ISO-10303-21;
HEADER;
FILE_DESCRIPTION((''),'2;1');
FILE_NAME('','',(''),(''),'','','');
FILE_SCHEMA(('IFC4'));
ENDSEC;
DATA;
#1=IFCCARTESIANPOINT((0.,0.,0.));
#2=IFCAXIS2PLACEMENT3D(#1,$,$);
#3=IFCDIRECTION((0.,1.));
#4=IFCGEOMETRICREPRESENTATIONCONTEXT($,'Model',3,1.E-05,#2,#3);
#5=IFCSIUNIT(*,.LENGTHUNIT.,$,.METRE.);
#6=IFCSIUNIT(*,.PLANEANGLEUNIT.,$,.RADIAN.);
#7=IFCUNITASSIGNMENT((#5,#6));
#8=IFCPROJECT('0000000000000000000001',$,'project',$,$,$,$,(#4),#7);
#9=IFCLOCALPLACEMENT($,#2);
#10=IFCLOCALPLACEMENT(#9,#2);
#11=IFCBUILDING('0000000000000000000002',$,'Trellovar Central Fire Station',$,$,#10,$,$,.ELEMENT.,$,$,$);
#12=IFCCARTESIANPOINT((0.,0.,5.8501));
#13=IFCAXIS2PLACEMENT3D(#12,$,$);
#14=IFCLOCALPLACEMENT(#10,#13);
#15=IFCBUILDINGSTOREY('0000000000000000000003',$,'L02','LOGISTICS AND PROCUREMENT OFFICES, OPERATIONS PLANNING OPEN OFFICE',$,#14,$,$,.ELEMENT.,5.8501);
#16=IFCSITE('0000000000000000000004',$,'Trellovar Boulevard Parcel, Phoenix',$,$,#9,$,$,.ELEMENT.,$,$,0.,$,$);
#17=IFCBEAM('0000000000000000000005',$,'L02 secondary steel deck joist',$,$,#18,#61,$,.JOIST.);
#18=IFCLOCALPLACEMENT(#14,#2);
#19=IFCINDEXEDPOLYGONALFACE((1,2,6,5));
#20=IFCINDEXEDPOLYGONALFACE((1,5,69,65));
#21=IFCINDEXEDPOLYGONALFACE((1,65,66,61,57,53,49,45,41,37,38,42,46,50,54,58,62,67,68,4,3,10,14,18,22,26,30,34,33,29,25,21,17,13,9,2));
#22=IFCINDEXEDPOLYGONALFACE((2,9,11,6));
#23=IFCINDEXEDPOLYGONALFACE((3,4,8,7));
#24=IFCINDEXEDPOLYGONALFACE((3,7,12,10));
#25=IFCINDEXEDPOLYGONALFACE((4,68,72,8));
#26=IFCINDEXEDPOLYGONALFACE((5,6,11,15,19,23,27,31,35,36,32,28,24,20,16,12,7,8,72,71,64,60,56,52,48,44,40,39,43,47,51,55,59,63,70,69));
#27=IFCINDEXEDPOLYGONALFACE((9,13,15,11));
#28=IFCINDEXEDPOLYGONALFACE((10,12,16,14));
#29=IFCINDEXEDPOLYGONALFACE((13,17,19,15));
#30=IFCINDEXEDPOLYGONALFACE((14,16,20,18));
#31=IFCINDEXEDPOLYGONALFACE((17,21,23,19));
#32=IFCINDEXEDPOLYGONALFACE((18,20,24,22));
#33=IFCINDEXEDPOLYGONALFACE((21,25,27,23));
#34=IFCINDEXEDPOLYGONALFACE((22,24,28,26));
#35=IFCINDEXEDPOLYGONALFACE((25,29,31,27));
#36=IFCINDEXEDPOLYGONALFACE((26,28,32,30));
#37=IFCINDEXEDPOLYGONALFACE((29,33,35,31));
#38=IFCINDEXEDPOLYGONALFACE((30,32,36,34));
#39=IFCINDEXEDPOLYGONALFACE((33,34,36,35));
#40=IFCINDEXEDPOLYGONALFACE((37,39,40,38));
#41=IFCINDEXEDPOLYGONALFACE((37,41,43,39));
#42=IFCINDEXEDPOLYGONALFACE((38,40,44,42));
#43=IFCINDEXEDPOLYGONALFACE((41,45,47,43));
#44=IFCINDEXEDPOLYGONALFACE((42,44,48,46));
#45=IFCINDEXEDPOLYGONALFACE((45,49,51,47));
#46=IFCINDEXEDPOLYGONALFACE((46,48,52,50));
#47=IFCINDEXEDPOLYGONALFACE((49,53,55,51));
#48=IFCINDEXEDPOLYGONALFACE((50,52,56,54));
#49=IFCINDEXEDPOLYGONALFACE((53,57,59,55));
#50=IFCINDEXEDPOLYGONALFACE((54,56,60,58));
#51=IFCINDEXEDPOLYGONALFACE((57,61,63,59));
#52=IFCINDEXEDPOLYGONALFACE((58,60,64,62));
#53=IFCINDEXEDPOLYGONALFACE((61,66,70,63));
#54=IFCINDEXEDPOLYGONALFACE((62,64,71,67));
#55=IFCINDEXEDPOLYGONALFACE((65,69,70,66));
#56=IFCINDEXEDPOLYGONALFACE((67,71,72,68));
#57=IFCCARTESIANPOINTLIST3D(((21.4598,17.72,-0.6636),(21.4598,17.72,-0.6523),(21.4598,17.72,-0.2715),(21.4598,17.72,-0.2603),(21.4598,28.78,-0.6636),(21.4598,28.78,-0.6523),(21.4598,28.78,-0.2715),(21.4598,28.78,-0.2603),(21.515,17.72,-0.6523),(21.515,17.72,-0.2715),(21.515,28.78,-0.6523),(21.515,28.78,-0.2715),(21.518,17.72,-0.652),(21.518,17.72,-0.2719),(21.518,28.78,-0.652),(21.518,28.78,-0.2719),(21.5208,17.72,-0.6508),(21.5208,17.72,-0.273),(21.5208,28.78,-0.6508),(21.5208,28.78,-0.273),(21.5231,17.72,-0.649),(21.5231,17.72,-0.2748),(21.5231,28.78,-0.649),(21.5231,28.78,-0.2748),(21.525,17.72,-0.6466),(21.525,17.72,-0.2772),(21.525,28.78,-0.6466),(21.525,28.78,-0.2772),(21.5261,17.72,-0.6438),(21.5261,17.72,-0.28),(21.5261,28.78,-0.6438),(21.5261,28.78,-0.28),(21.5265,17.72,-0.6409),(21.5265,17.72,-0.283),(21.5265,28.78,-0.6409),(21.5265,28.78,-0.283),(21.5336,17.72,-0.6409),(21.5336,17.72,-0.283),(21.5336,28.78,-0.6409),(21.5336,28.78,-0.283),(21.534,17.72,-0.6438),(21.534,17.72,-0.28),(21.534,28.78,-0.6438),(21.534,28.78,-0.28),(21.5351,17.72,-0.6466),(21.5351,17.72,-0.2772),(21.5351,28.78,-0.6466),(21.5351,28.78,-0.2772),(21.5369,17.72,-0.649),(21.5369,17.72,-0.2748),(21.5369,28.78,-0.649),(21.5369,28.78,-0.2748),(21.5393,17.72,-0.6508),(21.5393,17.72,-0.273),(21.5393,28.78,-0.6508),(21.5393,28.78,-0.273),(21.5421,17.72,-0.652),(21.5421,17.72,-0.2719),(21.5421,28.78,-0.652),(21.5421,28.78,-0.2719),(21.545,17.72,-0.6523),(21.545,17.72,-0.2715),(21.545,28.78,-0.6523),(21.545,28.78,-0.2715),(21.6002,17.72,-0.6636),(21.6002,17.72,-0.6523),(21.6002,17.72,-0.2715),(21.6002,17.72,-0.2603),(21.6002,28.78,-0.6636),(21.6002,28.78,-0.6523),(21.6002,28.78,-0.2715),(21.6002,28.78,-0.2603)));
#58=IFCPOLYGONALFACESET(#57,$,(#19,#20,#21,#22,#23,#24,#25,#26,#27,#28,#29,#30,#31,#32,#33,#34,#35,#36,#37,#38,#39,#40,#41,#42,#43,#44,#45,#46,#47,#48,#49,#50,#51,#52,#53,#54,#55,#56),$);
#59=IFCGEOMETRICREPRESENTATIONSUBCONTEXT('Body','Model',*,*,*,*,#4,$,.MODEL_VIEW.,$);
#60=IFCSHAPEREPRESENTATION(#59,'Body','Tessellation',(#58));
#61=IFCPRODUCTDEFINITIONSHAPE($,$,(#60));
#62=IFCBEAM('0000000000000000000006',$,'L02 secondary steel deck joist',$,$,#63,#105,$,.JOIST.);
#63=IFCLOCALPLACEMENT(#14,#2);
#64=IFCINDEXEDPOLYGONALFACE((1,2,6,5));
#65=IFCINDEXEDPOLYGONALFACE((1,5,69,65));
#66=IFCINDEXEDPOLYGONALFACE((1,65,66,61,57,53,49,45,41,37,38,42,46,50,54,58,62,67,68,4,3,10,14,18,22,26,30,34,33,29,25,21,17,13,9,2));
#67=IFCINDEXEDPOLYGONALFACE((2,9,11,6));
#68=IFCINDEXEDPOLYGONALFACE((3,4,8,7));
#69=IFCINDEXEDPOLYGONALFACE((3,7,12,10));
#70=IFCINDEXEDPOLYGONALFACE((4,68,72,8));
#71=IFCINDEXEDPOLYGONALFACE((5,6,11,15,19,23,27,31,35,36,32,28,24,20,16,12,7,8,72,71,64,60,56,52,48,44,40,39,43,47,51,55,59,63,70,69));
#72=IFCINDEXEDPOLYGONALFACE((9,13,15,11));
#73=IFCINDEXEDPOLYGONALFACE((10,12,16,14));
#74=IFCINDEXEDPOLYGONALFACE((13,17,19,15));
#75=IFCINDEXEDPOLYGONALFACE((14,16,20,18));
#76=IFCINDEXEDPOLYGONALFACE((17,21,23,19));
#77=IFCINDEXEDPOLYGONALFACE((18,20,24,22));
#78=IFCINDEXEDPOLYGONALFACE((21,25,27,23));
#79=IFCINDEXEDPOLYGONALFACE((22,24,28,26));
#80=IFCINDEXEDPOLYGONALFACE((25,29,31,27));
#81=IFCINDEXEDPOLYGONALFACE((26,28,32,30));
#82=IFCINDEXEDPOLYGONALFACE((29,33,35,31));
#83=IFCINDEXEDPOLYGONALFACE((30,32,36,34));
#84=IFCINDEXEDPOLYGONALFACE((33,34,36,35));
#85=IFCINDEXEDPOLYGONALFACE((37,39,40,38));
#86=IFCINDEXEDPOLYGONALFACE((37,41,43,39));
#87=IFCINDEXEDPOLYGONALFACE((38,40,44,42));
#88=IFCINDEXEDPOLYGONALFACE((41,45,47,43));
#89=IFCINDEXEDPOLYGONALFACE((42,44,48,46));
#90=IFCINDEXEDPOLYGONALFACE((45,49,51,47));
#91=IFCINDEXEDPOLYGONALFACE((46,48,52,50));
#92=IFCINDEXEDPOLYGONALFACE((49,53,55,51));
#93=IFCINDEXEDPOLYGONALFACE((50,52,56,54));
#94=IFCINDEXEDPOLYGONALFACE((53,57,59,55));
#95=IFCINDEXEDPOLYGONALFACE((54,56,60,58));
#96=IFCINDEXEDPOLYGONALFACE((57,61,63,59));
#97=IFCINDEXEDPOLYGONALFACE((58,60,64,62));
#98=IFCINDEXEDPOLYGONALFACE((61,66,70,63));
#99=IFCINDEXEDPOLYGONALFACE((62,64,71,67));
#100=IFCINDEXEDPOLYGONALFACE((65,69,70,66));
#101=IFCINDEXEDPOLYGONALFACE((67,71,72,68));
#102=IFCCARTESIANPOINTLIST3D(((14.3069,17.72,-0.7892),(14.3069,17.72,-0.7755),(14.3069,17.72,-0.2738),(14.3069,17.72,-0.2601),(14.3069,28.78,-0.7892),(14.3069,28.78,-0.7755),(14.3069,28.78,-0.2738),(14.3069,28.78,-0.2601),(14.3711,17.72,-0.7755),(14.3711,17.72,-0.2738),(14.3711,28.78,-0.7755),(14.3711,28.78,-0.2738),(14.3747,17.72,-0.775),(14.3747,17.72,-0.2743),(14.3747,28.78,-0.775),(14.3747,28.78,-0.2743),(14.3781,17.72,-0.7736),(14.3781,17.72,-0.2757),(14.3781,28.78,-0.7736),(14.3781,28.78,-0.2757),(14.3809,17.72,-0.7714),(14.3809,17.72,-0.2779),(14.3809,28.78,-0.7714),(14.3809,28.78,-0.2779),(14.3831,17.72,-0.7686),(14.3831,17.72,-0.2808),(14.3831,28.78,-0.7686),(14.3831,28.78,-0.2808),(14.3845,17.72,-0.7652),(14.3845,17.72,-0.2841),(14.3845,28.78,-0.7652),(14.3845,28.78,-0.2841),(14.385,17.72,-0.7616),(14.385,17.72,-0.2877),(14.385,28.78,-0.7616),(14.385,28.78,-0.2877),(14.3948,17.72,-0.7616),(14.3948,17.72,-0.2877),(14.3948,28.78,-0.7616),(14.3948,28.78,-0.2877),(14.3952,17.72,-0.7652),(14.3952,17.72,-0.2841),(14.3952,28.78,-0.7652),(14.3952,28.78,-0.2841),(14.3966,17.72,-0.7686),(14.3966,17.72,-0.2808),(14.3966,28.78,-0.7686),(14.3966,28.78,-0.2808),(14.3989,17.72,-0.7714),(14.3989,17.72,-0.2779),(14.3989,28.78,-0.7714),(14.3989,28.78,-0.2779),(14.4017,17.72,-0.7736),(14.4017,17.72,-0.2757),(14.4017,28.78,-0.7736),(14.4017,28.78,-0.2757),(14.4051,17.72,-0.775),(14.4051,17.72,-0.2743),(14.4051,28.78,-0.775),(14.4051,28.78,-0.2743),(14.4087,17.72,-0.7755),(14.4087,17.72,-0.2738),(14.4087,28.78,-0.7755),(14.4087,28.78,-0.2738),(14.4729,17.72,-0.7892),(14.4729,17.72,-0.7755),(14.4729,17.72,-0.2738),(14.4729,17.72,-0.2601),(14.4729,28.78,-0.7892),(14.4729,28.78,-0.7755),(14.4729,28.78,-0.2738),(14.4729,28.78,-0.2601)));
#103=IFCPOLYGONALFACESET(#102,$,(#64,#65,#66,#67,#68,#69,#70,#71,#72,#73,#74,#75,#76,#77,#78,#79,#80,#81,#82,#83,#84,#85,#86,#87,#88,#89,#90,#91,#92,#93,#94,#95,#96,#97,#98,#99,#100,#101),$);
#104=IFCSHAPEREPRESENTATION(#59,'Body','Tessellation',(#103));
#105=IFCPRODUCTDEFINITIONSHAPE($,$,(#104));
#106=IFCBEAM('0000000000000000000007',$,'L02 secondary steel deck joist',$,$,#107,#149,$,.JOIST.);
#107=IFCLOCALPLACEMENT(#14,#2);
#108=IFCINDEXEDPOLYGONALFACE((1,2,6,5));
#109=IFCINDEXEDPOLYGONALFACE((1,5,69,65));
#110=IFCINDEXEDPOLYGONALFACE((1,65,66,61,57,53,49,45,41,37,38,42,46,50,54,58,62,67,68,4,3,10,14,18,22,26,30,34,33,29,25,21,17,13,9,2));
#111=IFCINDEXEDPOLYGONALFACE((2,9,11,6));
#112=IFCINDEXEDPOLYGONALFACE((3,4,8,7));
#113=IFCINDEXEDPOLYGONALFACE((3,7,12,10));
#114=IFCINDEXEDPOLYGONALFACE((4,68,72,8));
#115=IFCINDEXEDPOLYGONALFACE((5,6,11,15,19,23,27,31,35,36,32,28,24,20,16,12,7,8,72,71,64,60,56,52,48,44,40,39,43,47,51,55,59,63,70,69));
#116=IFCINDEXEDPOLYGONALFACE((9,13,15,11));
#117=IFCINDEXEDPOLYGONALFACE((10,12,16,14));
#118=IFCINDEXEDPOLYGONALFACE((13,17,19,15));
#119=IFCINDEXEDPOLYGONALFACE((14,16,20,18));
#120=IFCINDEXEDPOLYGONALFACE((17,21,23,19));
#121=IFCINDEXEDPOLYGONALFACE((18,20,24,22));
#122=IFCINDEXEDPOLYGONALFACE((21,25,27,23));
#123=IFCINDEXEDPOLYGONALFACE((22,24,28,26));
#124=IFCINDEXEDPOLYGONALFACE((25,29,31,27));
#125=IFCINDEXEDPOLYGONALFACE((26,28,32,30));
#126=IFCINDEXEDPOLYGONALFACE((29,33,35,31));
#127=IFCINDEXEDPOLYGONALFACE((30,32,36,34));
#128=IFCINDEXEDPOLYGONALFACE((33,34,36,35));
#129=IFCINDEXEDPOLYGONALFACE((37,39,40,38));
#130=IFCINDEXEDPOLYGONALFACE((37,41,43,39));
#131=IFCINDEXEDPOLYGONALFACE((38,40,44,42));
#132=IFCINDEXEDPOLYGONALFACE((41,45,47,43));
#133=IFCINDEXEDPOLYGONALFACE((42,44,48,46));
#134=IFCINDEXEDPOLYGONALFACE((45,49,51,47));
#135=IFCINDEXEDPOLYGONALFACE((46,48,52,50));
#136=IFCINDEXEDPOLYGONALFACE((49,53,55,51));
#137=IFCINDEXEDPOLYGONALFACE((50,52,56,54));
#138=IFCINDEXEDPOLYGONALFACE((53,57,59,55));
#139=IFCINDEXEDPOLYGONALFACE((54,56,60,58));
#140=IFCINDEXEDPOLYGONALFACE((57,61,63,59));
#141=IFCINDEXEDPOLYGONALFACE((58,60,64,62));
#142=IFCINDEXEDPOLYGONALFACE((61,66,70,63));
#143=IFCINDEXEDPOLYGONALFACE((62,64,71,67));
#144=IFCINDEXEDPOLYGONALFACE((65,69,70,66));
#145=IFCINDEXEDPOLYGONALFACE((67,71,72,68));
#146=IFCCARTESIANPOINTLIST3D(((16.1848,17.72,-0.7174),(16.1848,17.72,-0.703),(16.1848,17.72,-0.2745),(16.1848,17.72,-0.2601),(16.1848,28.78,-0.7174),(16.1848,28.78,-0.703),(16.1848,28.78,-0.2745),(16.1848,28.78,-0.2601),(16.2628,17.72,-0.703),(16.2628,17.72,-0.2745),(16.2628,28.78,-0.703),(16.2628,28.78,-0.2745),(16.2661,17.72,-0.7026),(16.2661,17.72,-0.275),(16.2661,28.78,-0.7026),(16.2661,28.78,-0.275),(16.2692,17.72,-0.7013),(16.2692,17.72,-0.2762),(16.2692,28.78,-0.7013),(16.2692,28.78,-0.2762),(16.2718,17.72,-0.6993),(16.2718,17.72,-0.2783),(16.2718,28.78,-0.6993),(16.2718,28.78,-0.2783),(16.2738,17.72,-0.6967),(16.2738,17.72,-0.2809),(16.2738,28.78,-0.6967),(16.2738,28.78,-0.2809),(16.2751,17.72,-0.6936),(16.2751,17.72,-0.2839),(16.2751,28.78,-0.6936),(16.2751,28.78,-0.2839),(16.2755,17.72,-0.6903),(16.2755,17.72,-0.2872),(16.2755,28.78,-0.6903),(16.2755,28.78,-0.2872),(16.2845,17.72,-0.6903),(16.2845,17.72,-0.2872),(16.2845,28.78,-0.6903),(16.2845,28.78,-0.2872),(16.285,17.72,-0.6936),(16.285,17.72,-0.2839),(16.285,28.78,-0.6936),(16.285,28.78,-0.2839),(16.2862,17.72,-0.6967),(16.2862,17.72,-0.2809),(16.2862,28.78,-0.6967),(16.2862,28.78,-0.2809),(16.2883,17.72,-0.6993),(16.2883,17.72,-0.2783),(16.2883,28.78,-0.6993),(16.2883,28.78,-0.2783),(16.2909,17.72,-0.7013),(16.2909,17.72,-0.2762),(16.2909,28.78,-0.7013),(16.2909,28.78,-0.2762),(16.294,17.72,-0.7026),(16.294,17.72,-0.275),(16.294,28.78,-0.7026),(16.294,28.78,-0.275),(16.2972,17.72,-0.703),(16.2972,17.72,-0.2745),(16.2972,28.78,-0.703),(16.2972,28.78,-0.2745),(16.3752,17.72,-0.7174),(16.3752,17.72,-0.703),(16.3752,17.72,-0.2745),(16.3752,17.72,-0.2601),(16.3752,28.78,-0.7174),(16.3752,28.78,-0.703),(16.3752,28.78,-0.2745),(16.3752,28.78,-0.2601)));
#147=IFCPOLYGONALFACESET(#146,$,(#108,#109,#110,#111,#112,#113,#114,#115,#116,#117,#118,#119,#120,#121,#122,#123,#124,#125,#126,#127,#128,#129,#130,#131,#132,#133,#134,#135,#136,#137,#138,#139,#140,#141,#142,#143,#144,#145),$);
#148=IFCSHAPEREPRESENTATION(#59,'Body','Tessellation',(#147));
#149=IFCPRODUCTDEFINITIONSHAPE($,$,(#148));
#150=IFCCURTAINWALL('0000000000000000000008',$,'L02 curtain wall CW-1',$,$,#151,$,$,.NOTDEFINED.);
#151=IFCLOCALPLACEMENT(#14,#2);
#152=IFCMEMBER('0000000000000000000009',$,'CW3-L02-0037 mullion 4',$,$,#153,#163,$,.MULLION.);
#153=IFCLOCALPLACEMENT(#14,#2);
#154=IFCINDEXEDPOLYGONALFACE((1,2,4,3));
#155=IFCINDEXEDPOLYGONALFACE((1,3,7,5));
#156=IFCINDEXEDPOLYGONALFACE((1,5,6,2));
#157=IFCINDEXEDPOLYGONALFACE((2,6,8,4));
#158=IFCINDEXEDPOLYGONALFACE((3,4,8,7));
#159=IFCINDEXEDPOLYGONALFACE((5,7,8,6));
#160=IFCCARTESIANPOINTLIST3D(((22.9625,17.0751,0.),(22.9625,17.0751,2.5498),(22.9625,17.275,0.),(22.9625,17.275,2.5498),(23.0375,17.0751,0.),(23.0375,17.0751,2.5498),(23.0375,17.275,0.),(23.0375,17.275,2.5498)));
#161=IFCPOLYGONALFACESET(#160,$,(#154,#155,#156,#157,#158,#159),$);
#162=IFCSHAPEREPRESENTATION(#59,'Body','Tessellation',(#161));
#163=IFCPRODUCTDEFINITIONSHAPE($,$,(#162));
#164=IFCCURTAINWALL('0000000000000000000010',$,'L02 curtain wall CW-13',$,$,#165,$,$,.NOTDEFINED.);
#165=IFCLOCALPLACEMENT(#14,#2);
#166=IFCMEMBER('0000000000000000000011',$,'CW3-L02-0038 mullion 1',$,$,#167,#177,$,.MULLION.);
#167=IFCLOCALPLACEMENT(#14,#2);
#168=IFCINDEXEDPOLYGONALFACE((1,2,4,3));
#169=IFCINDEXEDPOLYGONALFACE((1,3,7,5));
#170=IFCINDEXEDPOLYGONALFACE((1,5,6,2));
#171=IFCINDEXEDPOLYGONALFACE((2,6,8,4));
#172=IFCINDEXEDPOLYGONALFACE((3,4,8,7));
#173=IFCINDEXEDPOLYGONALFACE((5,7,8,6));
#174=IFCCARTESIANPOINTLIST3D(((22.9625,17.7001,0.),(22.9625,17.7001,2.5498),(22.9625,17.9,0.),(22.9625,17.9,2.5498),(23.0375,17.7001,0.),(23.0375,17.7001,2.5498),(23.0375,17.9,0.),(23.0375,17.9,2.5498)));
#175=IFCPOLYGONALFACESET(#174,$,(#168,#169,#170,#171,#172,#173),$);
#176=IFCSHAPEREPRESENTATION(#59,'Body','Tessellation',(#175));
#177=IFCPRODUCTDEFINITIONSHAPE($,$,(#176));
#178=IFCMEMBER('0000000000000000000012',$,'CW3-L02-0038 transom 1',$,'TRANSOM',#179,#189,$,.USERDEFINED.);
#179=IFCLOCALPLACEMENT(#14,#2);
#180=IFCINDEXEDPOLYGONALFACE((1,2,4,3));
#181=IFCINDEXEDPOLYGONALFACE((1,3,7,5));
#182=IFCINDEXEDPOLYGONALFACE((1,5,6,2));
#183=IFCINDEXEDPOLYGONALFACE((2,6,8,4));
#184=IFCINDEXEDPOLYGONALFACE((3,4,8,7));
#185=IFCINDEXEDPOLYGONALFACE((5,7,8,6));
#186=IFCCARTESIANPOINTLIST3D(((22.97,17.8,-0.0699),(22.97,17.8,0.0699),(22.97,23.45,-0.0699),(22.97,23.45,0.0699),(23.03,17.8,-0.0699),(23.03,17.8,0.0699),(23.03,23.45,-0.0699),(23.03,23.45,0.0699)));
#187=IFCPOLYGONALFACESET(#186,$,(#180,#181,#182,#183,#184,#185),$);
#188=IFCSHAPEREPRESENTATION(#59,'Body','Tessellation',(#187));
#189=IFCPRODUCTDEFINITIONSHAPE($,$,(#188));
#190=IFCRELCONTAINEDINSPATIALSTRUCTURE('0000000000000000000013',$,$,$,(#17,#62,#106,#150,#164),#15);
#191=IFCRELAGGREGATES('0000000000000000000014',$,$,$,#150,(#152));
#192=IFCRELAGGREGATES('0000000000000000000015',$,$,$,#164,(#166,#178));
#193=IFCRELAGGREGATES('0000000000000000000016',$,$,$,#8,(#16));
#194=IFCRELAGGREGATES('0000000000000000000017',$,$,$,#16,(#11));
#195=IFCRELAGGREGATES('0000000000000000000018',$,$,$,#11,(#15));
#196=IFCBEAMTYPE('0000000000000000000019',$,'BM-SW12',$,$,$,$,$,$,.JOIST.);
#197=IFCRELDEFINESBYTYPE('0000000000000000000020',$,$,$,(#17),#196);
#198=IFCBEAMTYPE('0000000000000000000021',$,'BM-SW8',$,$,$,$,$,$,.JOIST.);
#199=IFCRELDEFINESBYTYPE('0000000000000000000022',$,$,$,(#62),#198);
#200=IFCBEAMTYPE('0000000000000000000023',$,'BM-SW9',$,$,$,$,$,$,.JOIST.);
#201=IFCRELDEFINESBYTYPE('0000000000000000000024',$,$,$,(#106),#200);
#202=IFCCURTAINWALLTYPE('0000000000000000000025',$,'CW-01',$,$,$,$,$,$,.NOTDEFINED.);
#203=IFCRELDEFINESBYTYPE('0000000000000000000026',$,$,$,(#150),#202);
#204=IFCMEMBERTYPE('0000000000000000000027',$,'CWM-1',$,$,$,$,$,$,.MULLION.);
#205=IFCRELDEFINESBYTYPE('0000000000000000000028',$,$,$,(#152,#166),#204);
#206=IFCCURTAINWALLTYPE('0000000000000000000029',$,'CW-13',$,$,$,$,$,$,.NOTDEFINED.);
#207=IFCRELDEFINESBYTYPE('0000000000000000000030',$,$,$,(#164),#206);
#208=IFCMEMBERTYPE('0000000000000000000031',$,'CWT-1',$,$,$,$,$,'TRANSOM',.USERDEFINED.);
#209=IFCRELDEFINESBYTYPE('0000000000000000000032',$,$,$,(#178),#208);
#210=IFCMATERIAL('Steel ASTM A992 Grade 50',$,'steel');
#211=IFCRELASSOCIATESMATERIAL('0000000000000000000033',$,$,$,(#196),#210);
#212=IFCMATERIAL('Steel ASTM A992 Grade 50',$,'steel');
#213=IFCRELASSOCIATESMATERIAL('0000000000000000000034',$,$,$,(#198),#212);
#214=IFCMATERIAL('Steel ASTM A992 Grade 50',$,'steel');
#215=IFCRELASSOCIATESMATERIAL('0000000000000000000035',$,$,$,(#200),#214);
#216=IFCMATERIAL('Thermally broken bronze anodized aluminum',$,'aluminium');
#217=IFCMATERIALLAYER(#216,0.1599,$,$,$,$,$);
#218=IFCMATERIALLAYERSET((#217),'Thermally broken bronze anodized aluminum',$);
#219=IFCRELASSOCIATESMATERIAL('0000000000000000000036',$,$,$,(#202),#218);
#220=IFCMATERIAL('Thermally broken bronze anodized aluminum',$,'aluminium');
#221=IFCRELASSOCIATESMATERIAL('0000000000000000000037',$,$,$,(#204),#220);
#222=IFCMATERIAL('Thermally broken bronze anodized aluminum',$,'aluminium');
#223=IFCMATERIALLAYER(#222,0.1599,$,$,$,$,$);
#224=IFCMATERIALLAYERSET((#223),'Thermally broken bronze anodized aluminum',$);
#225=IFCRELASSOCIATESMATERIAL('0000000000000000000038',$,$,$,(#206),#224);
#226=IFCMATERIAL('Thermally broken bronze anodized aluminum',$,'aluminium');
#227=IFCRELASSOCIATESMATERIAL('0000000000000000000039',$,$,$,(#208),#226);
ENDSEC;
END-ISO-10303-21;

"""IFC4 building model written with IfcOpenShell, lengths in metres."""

from ifc_helpers import new_model, si_unit, direction, frame, origin, origin_2d, place, context, subcontext, project, spatial, rectangle, i_section, extrude, material, layer, layer_set, material_profile, profile_set, type_object, element, aggregate, save


model = new_model("IFC4")

# Units and contexts
model_context = context("Model", 3, precision=1e-05, world=origin(), true_north=direction((0.0, 1.0)))
body_context = subcontext(model_context, "Body", "Model", "MODEL_VIEW")
ifc_project = project(units=[si_unit("LENGTHUNIT", "METRE"), si_unit("PLANEANGLEUNIT", "RADIAN")], contexts=[model_context])

# Site, building, storey
site_placement = place(None, origin())
site = spatial("IfcSite", under=ifc_project, at=site_placement, Name="Trellovar Boulevard Parcel, Phoenix", CompositionType="ELEMENT", RefElevation=0.0)
building_placement = place(site_placement, origin())
building = spatial("IfcBuilding", under=site, at=building_placement, Name="Trellovar Central Fire Station", CompositionType="ELEMENT")
storey_placement = place(building_placement, frame((0.0, 0.0, 5.8501)))
storey = spatial("IfcBuildingStorey", under=building, at=storey_placement, Name="L02", Description="LOGISTICS AND PROCUREMENT OFFICES, OPERATIONS PLANNING OPEN OFFICE", CompositionType="ELEMENT", Elevation=5.8501)

# Beams
ifc_material_1 = material(Name="Steel ASTM A992 Grade 50", Category="steel")
ifc_material_profile_1 = material_profile(ifc_material_1, i_section(OverallWidth=0.1404, OverallDepth=0.4033, WebThickness=0.0071, FlangeThickness=0.0112, FilletRadius=0.0115, at=origin_2d()), Name="W16X31")
ifc_profile_set_1 = profile_set([ifc_material_profile_1], Name="Steel ASTM A992 Grade 50")
beam_type_1 = type_object("IfcBeamType", Name="BM-SW12", PredefinedType="JOIST", material=ifc_profile_set_1)
beam_1_placement = place(storey_placement, frame((21.53, 17.72, -0.4619), z_axis=(0.0, 1.0, 0.0), x_axis=(-1.0, 0.0, 0.0)))
element("IfcBeam", 1, at=beam_1_placement, inside=storey, type_object=beam_type_1, Name="L02 secondary steel deck joist", PredefinedType="JOIST", context=body_context, shape_type="SweptSolid", body=[
    extrude(i_section(OverallWidth=0.1404, OverallDepth=0.4033, WebThickness=0.0071, FlangeThickness=0.0112, FilletRadius=0.0115, at=origin_2d()), origin(), (0.0, 0.0, 1.0), 11.0601),
])
ifc_material_2 = material(Name="Steel ASTM A992 Grade 50", Category="steel")
ifc_material_profile_2 = material_profile(ifc_material_2, i_section(OverallWidth=0.166, OverallDepth=0.5291, WebThickness=0.0098, FlangeThickness=0.0137, FilletRadius=0.0139, at=origin_2d()), Name="W21X50")
ifc_profile_set_2 = profile_set([ifc_material_profile_2], Name="Steel ASTM A992 Grade 50")
beam_type_2 = type_object("IfcBeamType", Name="BM-SW8", PredefinedType="JOIST", material=ifc_profile_set_2)
beam_2_placement = place(storey_placement, frame((14.3899, 17.72, -0.5247), z_axis=(0.0, 1.0, 0.0), x_axis=(-1.0, 0.0, 0.0)))
element("IfcBeam", 2, at=beam_2_placement, inside=storey, type_object=beam_type_2, Name="L02 secondary steel deck joist", PredefinedType="JOIST", context=body_context, shape_type="SweptSolid", body=[
    extrude(i_section(OverallWidth=0.166, OverallDepth=0.5291, WebThickness=0.0098, FlangeThickness=0.0137, FilletRadius=0.0139, at=origin_2d()), origin(), (0.0, 0.0, 1.0), 11.0601),
])
ifc_material_3 = material(Name="Steel ASTM A992 Grade 50", Category="steel")
ifc_material_profile_3 = material_profile(ifc_material_3, i_section(OverallWidth=0.1904, OverallDepth=0.4573, WebThickness=0.009, FlangeThickness=0.0144, FilletRadius=0.0127, at=origin_2d()), Name="W18X50")
ifc_profile_set_3 = profile_set([ifc_material_profile_3], Name="Steel ASTM A992 Grade 50")
beam_type_3 = type_object("IfcBeamType", Name="BM-SW9", PredefinedType="JOIST", material=ifc_profile_set_3)
beam_3_placement = place(storey_placement, frame((16.28, 17.72, -0.4888), z_axis=(0.0, 1.0, 0.0), x_axis=(-1.0, 0.0, 0.0)))
element("IfcBeam", 3, at=beam_3_placement, inside=storey, type_object=beam_type_3, Name="L02 secondary steel deck joist", PredefinedType="JOIST", context=body_context, shape_type="SweptSolid", body=[
    extrude(i_section(OverallWidth=0.1904, OverallDepth=0.4573, WebThickness=0.009, FlangeThickness=0.0144, FilletRadius=0.0127, at=origin_2d()), origin(), (0.0, 0.0, 1.0), 11.0601),
])

# Curtain wall, member
ifc_material_4 = material(Name="Thermally broken bronze anodized aluminum", Category="aluminium")
ifc_layer_1 = layer(ifc_material_4, 0.1599)
ifc_layer_set_1 = layer_set([ifc_layer_1], Name="Thermally broken bronze anodized aluminum")
curtain_wall_type_1 = type_object("IfcCurtainWallType", Name="CW-01", PredefinedType="NOTDEFINED", material=ifc_layer_set_1)
curtain_wall_1_placement = place(storey_placement, origin())
curtain_wall_1 = element("IfcCurtainWall", 4, at=curtain_wall_1_placement, inside=storey, type_object=curtain_wall_type_1, Name="L02 curtain wall CW-1", PredefinedType="NOTDEFINED")
ifc_material_5 = material(Name="Thermally broken bronze anodized aluminum", Category="aluminium")
ifc_material_profile_4 = material_profile(ifc_material_5, rectangle(XDim=0.075, YDim=0.2, at=origin_2d()), Name="ALU75X200")
ifc_profile_set_4 = profile_set([ifc_material_profile_4], Name="Thermally broken bronze anodized aluminum")
member_type_1 = type_object("IfcMemberType", Name="CWM-1", PredefinedType="MULLION", material=ifc_profile_set_4)
member_1_placement = place(storey_placement, frame((23.0, 17.175, 0.0), z_axis=(0.0, 0.0, 1.0), x_axis=(1.0, 0.0, 0.0)))
member_1 = element("IfcMember", 5, at=member_1_placement, type_object=member_type_1, Name="CW3-L02-0037 mullion 4", PredefinedType="MULLION", context=body_context, shape_type="SweptSolid", body=[
    extrude(rectangle(XDim=0.075, YDim=0.2, at=origin_2d()), origin(), (0.0, 0.0, 1.0), 2.5498),
])

# Curtain wall, members
ifc_material_6 = material(Name="Thermally broken bronze anodized aluminum", Category="aluminium")
ifc_layer_2 = layer(ifc_material_6, 0.1599)
ifc_layer_set_2 = layer_set([ifc_layer_2], Name="Thermally broken bronze anodized aluminum")
curtain_wall_type_2 = type_object("IfcCurtainWallType", Name="CW-13", PredefinedType="NOTDEFINED", material=ifc_layer_set_2)
curtain_wall_2_placement = place(storey_placement, origin())
curtain_wall_2 = element("IfcCurtainWall", 6, at=curtain_wall_2_placement, inside=storey, type_object=curtain_wall_type_2, Name="L02 curtain wall CW-13", PredefinedType="NOTDEFINED")
member_2_placement = place(storey_placement, frame((23.0, 17.8, 0.0), z_axis=(0.0, 0.0, 1.0), x_axis=(1.0, 0.0, 0.0)))
member_2 = element("IfcMember", 7, at=member_2_placement, type_object=member_type_1, Name="CW3-L02-0038 mullion 1", PredefinedType="MULLION", context=body_context, shape_type="SweptSolid", body=[
    extrude(rectangle(XDim=0.075, YDim=0.2, at=origin_2d()), origin(), (0.0, 0.0, 1.0), 2.5498),
])
ifc_material_7 = material(Name="Thermally broken bronze anodized aluminum", Category="aluminium")
ifc_material_profile_5 = material_profile(ifc_material_7, rectangle(XDim=0.0601, YDim=0.1399, at=origin_2d()), Name="ALU60X140")
ifc_profile_set_5 = profile_set([ifc_material_profile_5], Name="Thermally broken bronze anodized aluminum")
member_type_2 = type_object("IfcMemberType", Name="CWT-1", ElementType="TRANSOM", PredefinedType="USERDEFINED", material=ifc_profile_set_5)
member_3_placement = place(storey_placement, frame((23.0, 17.8, 0.0), z_axis=(0.0, 1.0, 0.0), x_axis=(-1.0, 0.0, 0.0)))
member_3 = element("IfcMember", 8, at=member_3_placement, type_object=member_type_2, Name="CW3-L02-0038 transom 1", ObjectType="TRANSOM", PredefinedType="USERDEFINED", context=body_context, shape_type="SweptSolid", body=[
    extrude(rectangle(XDim=0.0601, YDim=0.1399, at=origin_2d()), origin(), (0.0, 0.0, 1.0), 5.6499),
])

aggregate(curtain_wall_1, [member_1])
aggregate(curtain_wall_2, [member_2, member_3])

save(model, "model.ifc")
